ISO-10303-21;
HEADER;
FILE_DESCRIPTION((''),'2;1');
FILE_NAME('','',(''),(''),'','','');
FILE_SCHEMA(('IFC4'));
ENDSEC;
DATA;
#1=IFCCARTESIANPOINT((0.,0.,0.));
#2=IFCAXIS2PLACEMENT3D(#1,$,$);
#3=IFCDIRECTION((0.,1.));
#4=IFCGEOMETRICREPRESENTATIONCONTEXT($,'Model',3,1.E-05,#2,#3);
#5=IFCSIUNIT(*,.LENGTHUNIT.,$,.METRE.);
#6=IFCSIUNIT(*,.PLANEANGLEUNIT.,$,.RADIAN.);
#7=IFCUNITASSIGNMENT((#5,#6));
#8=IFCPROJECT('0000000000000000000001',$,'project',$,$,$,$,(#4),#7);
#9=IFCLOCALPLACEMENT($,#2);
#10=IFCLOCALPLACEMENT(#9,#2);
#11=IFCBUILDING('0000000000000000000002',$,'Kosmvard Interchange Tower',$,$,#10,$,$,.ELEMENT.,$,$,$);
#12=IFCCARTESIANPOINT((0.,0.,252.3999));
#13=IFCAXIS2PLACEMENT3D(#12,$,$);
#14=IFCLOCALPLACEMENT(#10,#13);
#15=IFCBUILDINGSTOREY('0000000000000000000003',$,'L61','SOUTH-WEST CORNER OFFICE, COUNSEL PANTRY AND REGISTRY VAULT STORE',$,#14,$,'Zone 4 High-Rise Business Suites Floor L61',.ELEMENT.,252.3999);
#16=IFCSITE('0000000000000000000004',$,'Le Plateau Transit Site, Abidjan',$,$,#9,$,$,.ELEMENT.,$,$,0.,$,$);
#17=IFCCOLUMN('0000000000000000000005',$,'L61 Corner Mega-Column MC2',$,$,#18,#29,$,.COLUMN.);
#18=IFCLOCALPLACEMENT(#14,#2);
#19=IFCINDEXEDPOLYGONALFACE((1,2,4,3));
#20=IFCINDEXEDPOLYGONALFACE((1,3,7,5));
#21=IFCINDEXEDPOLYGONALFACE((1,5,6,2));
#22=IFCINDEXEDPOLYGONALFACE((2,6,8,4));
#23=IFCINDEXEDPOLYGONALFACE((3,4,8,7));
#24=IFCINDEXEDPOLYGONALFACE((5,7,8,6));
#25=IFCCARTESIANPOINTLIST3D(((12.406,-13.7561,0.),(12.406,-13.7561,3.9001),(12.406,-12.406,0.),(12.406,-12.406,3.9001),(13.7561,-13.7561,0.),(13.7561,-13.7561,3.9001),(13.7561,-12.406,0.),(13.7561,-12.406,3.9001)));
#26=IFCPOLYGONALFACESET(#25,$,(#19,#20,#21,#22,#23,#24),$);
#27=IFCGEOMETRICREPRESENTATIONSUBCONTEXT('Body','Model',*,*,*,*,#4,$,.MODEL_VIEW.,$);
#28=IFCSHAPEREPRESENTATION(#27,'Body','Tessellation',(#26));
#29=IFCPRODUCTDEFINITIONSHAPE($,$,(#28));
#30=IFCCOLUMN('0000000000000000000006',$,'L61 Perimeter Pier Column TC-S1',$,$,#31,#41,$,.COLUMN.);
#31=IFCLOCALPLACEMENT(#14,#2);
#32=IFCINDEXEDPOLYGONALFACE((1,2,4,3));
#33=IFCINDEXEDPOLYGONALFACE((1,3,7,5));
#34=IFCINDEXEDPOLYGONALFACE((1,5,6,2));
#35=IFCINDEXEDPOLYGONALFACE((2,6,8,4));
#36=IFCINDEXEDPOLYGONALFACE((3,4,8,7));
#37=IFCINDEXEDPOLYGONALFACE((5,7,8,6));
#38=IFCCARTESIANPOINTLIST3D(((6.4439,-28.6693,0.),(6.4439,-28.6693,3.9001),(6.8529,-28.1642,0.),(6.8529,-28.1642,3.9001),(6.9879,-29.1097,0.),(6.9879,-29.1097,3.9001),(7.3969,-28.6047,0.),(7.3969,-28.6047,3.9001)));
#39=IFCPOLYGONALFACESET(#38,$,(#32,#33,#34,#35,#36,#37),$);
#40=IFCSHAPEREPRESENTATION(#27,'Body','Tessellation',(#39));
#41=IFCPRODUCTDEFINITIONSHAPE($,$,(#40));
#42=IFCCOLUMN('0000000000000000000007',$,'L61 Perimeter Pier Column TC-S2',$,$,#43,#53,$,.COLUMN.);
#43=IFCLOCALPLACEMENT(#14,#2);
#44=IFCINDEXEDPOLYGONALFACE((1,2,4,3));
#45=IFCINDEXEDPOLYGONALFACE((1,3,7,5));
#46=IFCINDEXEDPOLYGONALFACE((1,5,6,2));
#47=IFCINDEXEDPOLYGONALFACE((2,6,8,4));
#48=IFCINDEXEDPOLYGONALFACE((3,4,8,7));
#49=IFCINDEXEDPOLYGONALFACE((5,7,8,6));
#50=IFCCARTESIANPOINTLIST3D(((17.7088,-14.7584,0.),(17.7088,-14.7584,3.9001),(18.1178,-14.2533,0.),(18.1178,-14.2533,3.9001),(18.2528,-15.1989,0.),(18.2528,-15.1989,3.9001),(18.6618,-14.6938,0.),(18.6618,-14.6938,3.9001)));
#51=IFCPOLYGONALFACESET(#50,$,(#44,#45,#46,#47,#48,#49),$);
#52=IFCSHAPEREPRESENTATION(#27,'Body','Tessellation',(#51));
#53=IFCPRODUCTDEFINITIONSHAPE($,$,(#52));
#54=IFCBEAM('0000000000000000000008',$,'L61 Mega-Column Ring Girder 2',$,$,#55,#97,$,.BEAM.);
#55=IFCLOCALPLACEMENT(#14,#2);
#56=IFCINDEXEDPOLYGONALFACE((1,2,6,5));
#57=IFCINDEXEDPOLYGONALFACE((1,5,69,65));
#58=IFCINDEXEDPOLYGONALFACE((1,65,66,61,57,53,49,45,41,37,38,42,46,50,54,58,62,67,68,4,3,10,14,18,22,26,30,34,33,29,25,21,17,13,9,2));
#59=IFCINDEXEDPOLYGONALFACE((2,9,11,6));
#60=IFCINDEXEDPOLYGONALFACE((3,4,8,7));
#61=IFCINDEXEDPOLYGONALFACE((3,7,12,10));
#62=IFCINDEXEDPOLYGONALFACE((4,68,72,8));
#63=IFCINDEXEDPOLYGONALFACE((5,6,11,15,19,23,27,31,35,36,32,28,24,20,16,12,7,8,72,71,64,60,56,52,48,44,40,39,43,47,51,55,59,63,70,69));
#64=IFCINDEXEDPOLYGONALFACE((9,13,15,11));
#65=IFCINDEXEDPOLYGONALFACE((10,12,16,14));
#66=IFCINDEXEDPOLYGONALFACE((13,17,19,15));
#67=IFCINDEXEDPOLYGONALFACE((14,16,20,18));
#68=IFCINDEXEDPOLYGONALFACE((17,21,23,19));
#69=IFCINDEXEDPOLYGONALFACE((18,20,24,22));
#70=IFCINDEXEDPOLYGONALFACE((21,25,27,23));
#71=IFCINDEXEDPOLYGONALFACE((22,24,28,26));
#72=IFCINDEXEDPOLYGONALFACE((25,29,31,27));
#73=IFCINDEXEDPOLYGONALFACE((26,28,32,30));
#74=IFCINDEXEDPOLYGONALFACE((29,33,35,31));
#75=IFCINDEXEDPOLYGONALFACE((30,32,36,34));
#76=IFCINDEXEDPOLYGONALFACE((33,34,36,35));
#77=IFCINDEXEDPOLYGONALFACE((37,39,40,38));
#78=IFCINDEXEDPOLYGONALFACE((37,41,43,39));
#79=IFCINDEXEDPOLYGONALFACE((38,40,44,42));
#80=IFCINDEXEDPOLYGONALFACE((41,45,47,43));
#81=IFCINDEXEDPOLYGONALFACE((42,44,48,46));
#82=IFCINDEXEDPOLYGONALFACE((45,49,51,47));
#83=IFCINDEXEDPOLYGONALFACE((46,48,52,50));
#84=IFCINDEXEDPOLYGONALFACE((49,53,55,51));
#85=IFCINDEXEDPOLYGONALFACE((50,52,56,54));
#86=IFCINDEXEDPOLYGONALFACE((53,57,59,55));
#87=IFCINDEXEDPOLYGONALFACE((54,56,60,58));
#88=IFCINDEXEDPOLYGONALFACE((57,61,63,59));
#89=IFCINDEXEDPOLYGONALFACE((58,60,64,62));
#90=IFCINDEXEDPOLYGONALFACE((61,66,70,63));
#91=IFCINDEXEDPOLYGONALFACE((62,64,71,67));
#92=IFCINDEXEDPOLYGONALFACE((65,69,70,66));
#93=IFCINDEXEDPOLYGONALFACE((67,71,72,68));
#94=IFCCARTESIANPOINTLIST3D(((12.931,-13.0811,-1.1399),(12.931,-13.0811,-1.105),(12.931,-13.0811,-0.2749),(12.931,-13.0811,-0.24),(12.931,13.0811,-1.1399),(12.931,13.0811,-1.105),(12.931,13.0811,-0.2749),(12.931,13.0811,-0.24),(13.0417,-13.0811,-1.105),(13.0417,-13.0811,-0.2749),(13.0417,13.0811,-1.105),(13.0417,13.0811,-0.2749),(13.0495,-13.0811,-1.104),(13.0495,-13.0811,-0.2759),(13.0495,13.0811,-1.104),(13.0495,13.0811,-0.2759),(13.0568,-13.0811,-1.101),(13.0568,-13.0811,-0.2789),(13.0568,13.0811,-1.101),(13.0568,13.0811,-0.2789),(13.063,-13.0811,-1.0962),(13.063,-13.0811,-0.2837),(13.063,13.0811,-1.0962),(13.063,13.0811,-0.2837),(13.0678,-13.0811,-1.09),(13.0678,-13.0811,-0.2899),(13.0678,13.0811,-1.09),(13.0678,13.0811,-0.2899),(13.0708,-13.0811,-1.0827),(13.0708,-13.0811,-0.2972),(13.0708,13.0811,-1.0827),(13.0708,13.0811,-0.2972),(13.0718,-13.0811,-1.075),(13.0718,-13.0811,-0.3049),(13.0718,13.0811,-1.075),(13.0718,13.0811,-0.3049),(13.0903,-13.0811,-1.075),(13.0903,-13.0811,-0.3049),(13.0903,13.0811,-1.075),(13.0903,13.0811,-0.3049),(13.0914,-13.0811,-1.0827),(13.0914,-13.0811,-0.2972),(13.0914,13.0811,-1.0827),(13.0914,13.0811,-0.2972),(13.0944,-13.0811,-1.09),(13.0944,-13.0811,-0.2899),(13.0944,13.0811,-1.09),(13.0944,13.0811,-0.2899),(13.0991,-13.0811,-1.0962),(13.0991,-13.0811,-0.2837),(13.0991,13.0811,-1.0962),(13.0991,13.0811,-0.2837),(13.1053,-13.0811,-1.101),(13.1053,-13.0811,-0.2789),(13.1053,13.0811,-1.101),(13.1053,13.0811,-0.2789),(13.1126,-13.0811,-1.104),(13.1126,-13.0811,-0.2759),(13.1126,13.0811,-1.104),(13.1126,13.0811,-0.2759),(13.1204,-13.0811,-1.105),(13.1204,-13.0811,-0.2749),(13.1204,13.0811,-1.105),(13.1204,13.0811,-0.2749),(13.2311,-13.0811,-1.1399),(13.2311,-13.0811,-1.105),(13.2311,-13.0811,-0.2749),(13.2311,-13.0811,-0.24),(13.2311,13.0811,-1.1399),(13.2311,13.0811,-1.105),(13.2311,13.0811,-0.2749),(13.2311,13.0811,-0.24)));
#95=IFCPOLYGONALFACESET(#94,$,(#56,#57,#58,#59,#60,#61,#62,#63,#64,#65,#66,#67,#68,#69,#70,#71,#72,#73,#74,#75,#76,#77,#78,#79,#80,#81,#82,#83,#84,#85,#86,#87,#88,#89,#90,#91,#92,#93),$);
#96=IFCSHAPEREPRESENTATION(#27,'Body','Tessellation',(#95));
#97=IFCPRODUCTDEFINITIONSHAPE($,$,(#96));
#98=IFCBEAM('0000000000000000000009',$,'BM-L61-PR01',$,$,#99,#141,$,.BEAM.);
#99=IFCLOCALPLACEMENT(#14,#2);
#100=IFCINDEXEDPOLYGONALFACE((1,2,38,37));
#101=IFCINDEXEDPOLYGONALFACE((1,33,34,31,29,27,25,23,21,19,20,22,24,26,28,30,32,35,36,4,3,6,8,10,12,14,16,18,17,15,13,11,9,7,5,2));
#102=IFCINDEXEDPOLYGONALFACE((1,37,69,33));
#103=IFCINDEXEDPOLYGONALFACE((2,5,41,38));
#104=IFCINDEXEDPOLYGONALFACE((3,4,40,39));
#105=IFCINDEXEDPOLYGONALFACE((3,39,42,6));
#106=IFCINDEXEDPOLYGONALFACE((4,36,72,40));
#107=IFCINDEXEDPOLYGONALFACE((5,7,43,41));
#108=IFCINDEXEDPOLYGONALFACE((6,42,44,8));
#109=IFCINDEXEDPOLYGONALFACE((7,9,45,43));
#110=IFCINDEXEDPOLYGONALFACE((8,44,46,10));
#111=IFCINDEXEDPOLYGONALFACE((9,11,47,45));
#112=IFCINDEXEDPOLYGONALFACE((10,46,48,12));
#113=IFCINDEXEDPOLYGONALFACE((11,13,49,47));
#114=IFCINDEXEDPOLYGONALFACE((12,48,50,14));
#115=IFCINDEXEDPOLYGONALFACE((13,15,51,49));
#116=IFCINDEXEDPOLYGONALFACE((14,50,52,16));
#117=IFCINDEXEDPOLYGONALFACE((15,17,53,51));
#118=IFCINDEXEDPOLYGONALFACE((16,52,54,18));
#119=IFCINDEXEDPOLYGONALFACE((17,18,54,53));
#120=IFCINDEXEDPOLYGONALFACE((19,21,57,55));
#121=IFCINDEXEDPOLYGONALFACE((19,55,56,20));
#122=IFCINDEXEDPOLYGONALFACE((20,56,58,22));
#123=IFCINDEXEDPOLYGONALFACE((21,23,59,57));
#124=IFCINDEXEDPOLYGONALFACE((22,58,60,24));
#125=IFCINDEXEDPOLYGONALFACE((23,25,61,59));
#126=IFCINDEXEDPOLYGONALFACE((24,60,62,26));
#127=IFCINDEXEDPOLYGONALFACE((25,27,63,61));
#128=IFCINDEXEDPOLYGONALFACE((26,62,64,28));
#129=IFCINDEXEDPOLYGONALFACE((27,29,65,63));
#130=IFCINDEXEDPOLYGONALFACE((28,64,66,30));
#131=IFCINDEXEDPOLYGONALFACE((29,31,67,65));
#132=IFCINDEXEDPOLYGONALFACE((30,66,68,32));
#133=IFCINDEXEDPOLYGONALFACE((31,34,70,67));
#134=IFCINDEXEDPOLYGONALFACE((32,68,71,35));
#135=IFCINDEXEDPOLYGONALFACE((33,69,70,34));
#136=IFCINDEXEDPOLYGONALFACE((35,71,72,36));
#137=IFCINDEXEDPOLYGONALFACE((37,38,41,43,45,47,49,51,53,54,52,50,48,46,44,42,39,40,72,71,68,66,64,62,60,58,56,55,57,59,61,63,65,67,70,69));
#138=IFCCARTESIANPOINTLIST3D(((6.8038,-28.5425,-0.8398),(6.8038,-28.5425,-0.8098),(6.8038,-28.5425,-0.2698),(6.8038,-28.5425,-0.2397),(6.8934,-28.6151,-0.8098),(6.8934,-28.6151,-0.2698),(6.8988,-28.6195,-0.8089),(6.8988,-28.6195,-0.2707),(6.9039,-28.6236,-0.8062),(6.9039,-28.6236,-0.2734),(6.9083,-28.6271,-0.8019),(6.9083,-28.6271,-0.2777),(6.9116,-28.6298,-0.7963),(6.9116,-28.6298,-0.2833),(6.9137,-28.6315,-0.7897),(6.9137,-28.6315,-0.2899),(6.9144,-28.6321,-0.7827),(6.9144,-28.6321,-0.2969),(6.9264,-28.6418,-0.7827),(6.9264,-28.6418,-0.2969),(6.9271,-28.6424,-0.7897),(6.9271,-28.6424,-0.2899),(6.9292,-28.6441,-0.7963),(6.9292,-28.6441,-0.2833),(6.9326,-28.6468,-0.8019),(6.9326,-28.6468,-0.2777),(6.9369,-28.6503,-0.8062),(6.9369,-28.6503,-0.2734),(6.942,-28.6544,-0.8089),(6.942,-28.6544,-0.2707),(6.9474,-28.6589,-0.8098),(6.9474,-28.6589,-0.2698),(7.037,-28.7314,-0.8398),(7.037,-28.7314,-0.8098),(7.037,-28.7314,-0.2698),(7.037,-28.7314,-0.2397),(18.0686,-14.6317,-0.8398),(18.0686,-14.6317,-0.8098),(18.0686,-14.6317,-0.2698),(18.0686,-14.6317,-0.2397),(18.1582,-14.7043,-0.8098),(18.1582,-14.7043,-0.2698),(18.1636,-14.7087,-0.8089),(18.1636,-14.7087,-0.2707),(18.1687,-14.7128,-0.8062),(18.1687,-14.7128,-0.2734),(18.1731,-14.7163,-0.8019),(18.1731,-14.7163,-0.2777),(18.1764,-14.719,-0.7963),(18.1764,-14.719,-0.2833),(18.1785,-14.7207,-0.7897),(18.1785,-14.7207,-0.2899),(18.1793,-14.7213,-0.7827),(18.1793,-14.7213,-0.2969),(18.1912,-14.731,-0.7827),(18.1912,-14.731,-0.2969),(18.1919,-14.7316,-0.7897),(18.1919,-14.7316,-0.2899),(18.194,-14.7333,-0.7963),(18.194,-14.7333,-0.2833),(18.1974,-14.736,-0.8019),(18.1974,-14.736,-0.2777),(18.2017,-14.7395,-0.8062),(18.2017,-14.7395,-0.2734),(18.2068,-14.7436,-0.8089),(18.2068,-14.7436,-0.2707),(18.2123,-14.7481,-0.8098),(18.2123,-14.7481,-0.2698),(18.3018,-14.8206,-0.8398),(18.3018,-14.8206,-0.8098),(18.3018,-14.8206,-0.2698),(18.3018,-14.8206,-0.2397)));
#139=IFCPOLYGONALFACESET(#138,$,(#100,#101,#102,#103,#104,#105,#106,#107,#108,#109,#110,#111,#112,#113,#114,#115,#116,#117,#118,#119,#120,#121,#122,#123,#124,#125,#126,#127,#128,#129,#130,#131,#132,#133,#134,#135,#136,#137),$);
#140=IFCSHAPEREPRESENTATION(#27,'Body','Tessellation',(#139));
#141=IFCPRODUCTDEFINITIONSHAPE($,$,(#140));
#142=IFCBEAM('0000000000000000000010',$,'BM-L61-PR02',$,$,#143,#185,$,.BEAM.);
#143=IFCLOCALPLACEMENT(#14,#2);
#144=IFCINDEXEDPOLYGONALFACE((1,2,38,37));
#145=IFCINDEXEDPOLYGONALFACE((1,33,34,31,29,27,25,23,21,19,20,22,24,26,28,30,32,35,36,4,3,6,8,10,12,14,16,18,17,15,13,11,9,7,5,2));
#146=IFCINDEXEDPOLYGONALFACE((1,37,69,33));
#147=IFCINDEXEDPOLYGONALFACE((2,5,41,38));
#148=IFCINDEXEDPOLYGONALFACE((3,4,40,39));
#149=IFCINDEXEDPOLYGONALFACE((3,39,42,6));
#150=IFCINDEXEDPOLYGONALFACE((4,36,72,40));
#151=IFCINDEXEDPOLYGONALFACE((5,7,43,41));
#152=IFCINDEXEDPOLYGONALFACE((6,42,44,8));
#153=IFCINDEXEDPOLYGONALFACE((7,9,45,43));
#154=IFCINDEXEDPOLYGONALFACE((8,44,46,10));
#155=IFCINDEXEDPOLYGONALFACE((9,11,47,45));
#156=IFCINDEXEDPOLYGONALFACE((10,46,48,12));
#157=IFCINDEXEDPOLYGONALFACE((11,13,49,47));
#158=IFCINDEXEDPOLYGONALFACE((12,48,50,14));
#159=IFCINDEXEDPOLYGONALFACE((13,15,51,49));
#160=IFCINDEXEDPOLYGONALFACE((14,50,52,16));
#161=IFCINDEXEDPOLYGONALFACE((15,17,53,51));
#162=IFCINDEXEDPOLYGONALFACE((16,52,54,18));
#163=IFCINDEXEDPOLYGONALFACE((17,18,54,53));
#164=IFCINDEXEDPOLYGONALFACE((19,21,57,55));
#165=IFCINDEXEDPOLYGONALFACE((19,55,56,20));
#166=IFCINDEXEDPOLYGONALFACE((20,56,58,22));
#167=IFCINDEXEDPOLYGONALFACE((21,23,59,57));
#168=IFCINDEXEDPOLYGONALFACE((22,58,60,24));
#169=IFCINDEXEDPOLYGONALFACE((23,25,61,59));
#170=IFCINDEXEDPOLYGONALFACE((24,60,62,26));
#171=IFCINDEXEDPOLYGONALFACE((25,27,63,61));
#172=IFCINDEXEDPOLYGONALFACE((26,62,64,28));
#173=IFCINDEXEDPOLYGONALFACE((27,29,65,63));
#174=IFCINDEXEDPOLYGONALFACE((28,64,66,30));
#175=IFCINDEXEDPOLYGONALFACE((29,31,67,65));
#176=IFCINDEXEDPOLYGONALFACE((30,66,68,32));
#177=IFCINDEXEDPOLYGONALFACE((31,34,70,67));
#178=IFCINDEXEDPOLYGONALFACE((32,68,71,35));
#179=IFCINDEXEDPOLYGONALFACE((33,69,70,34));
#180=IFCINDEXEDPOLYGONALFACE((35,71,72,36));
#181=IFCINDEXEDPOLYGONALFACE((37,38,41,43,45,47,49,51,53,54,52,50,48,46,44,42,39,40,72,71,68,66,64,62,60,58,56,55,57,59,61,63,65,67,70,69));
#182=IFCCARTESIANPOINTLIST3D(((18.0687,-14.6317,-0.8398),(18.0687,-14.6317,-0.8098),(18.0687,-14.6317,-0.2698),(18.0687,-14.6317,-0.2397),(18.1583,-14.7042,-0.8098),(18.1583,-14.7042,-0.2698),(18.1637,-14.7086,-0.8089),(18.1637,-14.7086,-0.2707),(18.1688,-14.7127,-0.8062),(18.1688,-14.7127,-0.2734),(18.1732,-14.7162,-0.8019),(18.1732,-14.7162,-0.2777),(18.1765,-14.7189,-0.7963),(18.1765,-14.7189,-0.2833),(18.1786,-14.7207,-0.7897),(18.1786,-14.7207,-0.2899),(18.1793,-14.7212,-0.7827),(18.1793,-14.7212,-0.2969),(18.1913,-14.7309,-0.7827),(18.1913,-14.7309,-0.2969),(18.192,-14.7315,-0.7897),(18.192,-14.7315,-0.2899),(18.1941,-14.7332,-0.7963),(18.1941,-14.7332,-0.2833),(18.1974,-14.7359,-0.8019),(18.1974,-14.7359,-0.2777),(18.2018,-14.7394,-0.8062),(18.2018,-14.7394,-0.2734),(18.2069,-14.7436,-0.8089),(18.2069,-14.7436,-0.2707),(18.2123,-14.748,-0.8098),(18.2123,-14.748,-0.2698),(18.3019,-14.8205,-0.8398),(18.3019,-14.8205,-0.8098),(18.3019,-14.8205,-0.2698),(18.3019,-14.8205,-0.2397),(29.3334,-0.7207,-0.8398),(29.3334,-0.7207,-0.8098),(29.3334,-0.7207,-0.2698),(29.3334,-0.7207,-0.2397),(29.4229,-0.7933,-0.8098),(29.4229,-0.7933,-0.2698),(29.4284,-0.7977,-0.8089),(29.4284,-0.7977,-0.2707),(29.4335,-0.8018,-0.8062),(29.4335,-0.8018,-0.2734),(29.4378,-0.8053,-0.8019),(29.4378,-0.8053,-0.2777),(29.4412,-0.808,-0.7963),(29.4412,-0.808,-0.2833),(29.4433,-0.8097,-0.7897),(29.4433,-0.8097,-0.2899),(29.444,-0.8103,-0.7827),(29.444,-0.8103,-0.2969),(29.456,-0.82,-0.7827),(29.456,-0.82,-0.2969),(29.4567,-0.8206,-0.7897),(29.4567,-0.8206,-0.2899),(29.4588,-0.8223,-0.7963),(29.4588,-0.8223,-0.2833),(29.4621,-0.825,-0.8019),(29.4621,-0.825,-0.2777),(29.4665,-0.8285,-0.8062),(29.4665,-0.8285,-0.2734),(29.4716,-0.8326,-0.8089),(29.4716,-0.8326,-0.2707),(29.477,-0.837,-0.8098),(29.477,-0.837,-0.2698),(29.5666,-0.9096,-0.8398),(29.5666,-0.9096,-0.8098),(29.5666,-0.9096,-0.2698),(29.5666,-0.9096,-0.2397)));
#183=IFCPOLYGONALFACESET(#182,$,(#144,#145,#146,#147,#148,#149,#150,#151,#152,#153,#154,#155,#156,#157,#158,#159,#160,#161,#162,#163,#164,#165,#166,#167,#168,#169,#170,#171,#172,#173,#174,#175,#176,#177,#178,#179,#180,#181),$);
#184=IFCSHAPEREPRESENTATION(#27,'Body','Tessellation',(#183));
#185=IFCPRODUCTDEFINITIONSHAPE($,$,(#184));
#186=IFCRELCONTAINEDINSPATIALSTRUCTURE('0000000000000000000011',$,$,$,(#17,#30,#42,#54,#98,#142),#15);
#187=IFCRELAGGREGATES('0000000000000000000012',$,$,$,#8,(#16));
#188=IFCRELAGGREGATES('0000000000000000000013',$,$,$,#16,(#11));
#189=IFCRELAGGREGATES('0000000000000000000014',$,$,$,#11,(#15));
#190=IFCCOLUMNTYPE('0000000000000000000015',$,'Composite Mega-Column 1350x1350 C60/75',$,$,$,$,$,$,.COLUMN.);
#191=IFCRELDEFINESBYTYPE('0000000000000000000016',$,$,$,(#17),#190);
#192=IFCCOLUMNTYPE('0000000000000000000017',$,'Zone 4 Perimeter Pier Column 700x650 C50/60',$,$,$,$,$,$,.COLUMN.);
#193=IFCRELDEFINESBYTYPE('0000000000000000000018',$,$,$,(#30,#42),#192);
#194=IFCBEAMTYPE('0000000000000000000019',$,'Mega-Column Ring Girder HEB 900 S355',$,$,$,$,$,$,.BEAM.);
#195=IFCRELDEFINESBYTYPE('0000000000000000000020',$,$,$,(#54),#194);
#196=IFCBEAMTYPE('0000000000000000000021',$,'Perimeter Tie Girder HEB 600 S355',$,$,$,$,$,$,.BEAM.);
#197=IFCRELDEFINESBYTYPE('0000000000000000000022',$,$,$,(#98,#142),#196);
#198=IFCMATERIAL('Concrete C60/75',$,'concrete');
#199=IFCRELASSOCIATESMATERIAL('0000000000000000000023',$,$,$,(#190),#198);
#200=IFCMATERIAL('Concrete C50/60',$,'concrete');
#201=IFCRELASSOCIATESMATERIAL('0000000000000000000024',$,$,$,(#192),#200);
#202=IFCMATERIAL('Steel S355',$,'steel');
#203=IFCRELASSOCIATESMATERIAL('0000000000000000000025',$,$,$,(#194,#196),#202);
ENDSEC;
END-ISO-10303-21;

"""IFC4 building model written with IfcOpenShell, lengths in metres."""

from ifc_helpers import new_model, si_unit, direction, frame, origin, origin_2d, place, context, subcontext, project, spatial, rectangle, i_section, extrude, source, transform, mapped, material, material_profile, profile_set, type_object, element, save


model = new_model("IFC4")

# Units and contexts
model_context = context("Model", 3, precision=1e-05, world=origin(), true_north=direction((0.0, 1.0)))
body_context = subcontext(model_context, "Body", "Model", "MODEL_VIEW")
ifc_project = project(units=[si_unit("LENGTHUNIT", "METRE"), si_unit("PLANEANGLEUNIT", "RADIAN")], contexts=[model_context])

# Site, building, storey
site_placement = place(None, origin())
site = spatial("IfcSite", under=ifc_project, at=site_placement, Name="Le Plateau Transit Site, Abidjan", CompositionType="ELEMENT", RefElevation=0.0)
building_placement = place(site_placement, origin())
building = spatial("IfcBuilding", under=site, at=building_placement, Name="Kosmvard Interchange Tower", CompositionType="ELEMENT")
storey_placement = place(building_placement, frame((0.0, 0.0, 252.3999)))
storey = spatial("IfcBuildingStorey", under=building, at=storey_placement, Name="L61", Description="SOUTH-WEST CORNER OFFICE, COUNSEL PANTRY AND REGISTRY VAULT STORE", LongName="Zone 4 High-Rise Business Suites Floor L61", CompositionType="ELEMENT", Elevation=252.3999)

# Columns
ifc_material_1 = material(Name="Concrete C60/75", Category="concrete")
ifc_material_profile_1 = material_profile(ifc_material_1, rectangle(XDim=1.3501, YDim=1.3501, at=origin_2d()), Name="MC 1350x1350")
ifc_profile_set_1 = profile_set([ifc_material_profile_1], Name="Concrete C60/75")
column_type_1 = type_object("IfcColumnType", Name="Composite Mega-Column 1350x1350 C60/75", PredefinedType="COLUMN", material=ifc_profile_set_1)
shared_shape_1 = source(origin(), body_context, "Body", "SweptSolid", [
    extrude(rectangle(XDim=1.3501, YDim=1.3501, at=origin_2d()), origin(), (0.0, 0.0, 1.0), 3.9001),
])
column_placement = place(storey_placement, frame((13.0811, -13.0811, 0.0), z_axis=(0.0, 0.0, 1.0), x_axis=(1.0, 0.0, 0.0)))
element("IfcColumn", 1, at=column_placement, inside=storey, type_object=column_type_1, Name="L61 Corner Mega-Column MC2", PredefinedType="COLUMN", context=body_context, shape_type="MappedRepresentation", body=[
    mapped(shared_shape_1, transform((0.0, 0.0, 0.0), scale=1.0)),
])
ifc_material_2 = material(Name="Concrete C50/60", Category="concrete")
ifc_material_profile_2 = material_profile(ifc_material_2, rectangle(XDim=0.6499, YDim=0.7, at=origin_2d()), Name="TC 700x650")
ifc_profile_set_2 = profile_set([ifc_material_profile_2], Name="Concrete C50/60")
column_type_2 = type_object("IfcColumnType", Name="Zone 4 Perimeter Pier Column 700x650 C50/60", PredefinedType="COLUMN", material=ifc_profile_set_2)
shared_shape_2 = source(origin(), body_context, "Body", "SweptSolid", [
    extrude(rectangle(XDim=0.6499, YDim=0.7, at=origin_2d()), origin(), (0.0, 0.0, 1.0), 3.9001),
])
for number, where, z_axis, x_axis, name in (
    (2, (6.9204, -28.637, 0.0), (0.0, 0.0, 1.0), (0.62932, 0.777146, 0.0), "L61 Perimeter Pier Column TC-S1"),
    (3, (18.1853, -14.7261, 0.0), (0.0, 0.0, 1.0), (0.62932, 0.777146, 0.0), "L61 Perimeter Pier Column TC-S2"),
):
    element("IfcColumn", number, at=place(storey_placement, frame(where, z_axis=z_axis, x_axis=x_axis)), inside=storey, type_object=column_type_2, Name=name, PredefinedType="COLUMN", context=body_context, shape_type="MappedRepresentation", body=[
        mapped(shared_shape_2, transform((0.0, 0.0, 0.0), scale=1.0)),
    ])

# Beams
ifc_material_3 = material(Name="Steel S355", Category="steel")
ifc_material_profile_3 = material_profile(ifc_material_3, i_section(OverallWidth=0.3, OverallDepth=0.8999, WebThickness=0.0186, FlangeThickness=0.0349, FilletRadius=0.03, at=origin_2d()), Name="HEB 900")
ifc_profile_set_3 = profile_set([ifc_material_profile_3], Name="Steel S355")
beam_type_1 = type_object("IfcBeamType", Name="Mega-Column Ring Girder HEB 900 S355", PredefinedType="BEAM", material=ifc_profile_set_3)
shared_shape_3 = source(origin(), body_context, "Body", "SweptSolid", [
    extrude(i_section(OverallWidth=0.3, OverallDepth=0.8999, WebThickness=0.0186, FlangeThickness=0.0349, FilletRadius=0.03, at=origin_2d()), origin(), (0.0, 0.0, 1.0), 26.1621),
])
beam_1_placement = place(storey_placement, frame((13.0811, -13.0811, -0.6899), z_axis=(0.0, 1.0, 0.0), x_axis=(-1.0, 0.0, 0.0)))
element("IfcBeam", 4, at=beam_1_placement, inside=storey, type_object=beam_type_1, Name="L61 Mega-Column Ring Girder 2", PredefinedType="BEAM", context=body_context, shape_type="MappedRepresentation", body=[
    mapped(shared_shape_3, transform((0.0, 0.0, 0.0), scale=1.0)),
])
ifc_material_profile_4 = material_profile(ifc_material_3, i_section(OverallWidth=0.3, OverallDepth=0.6001, WebThickness=0.0154, FlangeThickness=0.03, FilletRadius=0.0271, at=origin_2d()), Name="HEB 600")
ifc_profile_set_4 = profile_set([ifc_material_profile_4], Name="Steel S355")
beam_type_2 = type_object("IfcBeamType", Name="Perimeter Tie Girder HEB 600 S355", PredefinedType="BEAM", material=ifc_profile_set_4)
shared_shape_4 = source(origin(), body_context, "Body", "SweptSolid", [
    extrude(i_section(OverallWidth=0.3, OverallDepth=0.6001, WebThickness=0.0154, FlangeThickness=0.03, FilletRadius=0.0271, at=origin_2d()), origin(), (0.0, 0.0, 1.0), 17.8999),
])
for number, where, z_axis, x_axis, name in (
    (5, (6.9204, -28.637, -0.5398), (0.629323, 0.777144, 0.0), (-0.777144, 0.629323, 0.0), "BM-L61-PR01"),
    (6, (18.1853, -14.7261, -0.5398), (0.629315, 0.777151, 0.0), (-0.777151, 0.629315, 0.0), "BM-L61-PR02"),
):
    element("IfcBeam", number, at=place(storey_placement, frame(where, z_axis=z_axis, x_axis=x_axis)), inside=storey, type_object=beam_type_2, Name=name, PredefinedType="BEAM", context=body_context, shape_type="MappedRepresentation", body=[
        mapped(shared_shape_4, transform((0.0, 0.0, 0.0), scale=1.0)),
    ])

save(model, "model.ifc")
